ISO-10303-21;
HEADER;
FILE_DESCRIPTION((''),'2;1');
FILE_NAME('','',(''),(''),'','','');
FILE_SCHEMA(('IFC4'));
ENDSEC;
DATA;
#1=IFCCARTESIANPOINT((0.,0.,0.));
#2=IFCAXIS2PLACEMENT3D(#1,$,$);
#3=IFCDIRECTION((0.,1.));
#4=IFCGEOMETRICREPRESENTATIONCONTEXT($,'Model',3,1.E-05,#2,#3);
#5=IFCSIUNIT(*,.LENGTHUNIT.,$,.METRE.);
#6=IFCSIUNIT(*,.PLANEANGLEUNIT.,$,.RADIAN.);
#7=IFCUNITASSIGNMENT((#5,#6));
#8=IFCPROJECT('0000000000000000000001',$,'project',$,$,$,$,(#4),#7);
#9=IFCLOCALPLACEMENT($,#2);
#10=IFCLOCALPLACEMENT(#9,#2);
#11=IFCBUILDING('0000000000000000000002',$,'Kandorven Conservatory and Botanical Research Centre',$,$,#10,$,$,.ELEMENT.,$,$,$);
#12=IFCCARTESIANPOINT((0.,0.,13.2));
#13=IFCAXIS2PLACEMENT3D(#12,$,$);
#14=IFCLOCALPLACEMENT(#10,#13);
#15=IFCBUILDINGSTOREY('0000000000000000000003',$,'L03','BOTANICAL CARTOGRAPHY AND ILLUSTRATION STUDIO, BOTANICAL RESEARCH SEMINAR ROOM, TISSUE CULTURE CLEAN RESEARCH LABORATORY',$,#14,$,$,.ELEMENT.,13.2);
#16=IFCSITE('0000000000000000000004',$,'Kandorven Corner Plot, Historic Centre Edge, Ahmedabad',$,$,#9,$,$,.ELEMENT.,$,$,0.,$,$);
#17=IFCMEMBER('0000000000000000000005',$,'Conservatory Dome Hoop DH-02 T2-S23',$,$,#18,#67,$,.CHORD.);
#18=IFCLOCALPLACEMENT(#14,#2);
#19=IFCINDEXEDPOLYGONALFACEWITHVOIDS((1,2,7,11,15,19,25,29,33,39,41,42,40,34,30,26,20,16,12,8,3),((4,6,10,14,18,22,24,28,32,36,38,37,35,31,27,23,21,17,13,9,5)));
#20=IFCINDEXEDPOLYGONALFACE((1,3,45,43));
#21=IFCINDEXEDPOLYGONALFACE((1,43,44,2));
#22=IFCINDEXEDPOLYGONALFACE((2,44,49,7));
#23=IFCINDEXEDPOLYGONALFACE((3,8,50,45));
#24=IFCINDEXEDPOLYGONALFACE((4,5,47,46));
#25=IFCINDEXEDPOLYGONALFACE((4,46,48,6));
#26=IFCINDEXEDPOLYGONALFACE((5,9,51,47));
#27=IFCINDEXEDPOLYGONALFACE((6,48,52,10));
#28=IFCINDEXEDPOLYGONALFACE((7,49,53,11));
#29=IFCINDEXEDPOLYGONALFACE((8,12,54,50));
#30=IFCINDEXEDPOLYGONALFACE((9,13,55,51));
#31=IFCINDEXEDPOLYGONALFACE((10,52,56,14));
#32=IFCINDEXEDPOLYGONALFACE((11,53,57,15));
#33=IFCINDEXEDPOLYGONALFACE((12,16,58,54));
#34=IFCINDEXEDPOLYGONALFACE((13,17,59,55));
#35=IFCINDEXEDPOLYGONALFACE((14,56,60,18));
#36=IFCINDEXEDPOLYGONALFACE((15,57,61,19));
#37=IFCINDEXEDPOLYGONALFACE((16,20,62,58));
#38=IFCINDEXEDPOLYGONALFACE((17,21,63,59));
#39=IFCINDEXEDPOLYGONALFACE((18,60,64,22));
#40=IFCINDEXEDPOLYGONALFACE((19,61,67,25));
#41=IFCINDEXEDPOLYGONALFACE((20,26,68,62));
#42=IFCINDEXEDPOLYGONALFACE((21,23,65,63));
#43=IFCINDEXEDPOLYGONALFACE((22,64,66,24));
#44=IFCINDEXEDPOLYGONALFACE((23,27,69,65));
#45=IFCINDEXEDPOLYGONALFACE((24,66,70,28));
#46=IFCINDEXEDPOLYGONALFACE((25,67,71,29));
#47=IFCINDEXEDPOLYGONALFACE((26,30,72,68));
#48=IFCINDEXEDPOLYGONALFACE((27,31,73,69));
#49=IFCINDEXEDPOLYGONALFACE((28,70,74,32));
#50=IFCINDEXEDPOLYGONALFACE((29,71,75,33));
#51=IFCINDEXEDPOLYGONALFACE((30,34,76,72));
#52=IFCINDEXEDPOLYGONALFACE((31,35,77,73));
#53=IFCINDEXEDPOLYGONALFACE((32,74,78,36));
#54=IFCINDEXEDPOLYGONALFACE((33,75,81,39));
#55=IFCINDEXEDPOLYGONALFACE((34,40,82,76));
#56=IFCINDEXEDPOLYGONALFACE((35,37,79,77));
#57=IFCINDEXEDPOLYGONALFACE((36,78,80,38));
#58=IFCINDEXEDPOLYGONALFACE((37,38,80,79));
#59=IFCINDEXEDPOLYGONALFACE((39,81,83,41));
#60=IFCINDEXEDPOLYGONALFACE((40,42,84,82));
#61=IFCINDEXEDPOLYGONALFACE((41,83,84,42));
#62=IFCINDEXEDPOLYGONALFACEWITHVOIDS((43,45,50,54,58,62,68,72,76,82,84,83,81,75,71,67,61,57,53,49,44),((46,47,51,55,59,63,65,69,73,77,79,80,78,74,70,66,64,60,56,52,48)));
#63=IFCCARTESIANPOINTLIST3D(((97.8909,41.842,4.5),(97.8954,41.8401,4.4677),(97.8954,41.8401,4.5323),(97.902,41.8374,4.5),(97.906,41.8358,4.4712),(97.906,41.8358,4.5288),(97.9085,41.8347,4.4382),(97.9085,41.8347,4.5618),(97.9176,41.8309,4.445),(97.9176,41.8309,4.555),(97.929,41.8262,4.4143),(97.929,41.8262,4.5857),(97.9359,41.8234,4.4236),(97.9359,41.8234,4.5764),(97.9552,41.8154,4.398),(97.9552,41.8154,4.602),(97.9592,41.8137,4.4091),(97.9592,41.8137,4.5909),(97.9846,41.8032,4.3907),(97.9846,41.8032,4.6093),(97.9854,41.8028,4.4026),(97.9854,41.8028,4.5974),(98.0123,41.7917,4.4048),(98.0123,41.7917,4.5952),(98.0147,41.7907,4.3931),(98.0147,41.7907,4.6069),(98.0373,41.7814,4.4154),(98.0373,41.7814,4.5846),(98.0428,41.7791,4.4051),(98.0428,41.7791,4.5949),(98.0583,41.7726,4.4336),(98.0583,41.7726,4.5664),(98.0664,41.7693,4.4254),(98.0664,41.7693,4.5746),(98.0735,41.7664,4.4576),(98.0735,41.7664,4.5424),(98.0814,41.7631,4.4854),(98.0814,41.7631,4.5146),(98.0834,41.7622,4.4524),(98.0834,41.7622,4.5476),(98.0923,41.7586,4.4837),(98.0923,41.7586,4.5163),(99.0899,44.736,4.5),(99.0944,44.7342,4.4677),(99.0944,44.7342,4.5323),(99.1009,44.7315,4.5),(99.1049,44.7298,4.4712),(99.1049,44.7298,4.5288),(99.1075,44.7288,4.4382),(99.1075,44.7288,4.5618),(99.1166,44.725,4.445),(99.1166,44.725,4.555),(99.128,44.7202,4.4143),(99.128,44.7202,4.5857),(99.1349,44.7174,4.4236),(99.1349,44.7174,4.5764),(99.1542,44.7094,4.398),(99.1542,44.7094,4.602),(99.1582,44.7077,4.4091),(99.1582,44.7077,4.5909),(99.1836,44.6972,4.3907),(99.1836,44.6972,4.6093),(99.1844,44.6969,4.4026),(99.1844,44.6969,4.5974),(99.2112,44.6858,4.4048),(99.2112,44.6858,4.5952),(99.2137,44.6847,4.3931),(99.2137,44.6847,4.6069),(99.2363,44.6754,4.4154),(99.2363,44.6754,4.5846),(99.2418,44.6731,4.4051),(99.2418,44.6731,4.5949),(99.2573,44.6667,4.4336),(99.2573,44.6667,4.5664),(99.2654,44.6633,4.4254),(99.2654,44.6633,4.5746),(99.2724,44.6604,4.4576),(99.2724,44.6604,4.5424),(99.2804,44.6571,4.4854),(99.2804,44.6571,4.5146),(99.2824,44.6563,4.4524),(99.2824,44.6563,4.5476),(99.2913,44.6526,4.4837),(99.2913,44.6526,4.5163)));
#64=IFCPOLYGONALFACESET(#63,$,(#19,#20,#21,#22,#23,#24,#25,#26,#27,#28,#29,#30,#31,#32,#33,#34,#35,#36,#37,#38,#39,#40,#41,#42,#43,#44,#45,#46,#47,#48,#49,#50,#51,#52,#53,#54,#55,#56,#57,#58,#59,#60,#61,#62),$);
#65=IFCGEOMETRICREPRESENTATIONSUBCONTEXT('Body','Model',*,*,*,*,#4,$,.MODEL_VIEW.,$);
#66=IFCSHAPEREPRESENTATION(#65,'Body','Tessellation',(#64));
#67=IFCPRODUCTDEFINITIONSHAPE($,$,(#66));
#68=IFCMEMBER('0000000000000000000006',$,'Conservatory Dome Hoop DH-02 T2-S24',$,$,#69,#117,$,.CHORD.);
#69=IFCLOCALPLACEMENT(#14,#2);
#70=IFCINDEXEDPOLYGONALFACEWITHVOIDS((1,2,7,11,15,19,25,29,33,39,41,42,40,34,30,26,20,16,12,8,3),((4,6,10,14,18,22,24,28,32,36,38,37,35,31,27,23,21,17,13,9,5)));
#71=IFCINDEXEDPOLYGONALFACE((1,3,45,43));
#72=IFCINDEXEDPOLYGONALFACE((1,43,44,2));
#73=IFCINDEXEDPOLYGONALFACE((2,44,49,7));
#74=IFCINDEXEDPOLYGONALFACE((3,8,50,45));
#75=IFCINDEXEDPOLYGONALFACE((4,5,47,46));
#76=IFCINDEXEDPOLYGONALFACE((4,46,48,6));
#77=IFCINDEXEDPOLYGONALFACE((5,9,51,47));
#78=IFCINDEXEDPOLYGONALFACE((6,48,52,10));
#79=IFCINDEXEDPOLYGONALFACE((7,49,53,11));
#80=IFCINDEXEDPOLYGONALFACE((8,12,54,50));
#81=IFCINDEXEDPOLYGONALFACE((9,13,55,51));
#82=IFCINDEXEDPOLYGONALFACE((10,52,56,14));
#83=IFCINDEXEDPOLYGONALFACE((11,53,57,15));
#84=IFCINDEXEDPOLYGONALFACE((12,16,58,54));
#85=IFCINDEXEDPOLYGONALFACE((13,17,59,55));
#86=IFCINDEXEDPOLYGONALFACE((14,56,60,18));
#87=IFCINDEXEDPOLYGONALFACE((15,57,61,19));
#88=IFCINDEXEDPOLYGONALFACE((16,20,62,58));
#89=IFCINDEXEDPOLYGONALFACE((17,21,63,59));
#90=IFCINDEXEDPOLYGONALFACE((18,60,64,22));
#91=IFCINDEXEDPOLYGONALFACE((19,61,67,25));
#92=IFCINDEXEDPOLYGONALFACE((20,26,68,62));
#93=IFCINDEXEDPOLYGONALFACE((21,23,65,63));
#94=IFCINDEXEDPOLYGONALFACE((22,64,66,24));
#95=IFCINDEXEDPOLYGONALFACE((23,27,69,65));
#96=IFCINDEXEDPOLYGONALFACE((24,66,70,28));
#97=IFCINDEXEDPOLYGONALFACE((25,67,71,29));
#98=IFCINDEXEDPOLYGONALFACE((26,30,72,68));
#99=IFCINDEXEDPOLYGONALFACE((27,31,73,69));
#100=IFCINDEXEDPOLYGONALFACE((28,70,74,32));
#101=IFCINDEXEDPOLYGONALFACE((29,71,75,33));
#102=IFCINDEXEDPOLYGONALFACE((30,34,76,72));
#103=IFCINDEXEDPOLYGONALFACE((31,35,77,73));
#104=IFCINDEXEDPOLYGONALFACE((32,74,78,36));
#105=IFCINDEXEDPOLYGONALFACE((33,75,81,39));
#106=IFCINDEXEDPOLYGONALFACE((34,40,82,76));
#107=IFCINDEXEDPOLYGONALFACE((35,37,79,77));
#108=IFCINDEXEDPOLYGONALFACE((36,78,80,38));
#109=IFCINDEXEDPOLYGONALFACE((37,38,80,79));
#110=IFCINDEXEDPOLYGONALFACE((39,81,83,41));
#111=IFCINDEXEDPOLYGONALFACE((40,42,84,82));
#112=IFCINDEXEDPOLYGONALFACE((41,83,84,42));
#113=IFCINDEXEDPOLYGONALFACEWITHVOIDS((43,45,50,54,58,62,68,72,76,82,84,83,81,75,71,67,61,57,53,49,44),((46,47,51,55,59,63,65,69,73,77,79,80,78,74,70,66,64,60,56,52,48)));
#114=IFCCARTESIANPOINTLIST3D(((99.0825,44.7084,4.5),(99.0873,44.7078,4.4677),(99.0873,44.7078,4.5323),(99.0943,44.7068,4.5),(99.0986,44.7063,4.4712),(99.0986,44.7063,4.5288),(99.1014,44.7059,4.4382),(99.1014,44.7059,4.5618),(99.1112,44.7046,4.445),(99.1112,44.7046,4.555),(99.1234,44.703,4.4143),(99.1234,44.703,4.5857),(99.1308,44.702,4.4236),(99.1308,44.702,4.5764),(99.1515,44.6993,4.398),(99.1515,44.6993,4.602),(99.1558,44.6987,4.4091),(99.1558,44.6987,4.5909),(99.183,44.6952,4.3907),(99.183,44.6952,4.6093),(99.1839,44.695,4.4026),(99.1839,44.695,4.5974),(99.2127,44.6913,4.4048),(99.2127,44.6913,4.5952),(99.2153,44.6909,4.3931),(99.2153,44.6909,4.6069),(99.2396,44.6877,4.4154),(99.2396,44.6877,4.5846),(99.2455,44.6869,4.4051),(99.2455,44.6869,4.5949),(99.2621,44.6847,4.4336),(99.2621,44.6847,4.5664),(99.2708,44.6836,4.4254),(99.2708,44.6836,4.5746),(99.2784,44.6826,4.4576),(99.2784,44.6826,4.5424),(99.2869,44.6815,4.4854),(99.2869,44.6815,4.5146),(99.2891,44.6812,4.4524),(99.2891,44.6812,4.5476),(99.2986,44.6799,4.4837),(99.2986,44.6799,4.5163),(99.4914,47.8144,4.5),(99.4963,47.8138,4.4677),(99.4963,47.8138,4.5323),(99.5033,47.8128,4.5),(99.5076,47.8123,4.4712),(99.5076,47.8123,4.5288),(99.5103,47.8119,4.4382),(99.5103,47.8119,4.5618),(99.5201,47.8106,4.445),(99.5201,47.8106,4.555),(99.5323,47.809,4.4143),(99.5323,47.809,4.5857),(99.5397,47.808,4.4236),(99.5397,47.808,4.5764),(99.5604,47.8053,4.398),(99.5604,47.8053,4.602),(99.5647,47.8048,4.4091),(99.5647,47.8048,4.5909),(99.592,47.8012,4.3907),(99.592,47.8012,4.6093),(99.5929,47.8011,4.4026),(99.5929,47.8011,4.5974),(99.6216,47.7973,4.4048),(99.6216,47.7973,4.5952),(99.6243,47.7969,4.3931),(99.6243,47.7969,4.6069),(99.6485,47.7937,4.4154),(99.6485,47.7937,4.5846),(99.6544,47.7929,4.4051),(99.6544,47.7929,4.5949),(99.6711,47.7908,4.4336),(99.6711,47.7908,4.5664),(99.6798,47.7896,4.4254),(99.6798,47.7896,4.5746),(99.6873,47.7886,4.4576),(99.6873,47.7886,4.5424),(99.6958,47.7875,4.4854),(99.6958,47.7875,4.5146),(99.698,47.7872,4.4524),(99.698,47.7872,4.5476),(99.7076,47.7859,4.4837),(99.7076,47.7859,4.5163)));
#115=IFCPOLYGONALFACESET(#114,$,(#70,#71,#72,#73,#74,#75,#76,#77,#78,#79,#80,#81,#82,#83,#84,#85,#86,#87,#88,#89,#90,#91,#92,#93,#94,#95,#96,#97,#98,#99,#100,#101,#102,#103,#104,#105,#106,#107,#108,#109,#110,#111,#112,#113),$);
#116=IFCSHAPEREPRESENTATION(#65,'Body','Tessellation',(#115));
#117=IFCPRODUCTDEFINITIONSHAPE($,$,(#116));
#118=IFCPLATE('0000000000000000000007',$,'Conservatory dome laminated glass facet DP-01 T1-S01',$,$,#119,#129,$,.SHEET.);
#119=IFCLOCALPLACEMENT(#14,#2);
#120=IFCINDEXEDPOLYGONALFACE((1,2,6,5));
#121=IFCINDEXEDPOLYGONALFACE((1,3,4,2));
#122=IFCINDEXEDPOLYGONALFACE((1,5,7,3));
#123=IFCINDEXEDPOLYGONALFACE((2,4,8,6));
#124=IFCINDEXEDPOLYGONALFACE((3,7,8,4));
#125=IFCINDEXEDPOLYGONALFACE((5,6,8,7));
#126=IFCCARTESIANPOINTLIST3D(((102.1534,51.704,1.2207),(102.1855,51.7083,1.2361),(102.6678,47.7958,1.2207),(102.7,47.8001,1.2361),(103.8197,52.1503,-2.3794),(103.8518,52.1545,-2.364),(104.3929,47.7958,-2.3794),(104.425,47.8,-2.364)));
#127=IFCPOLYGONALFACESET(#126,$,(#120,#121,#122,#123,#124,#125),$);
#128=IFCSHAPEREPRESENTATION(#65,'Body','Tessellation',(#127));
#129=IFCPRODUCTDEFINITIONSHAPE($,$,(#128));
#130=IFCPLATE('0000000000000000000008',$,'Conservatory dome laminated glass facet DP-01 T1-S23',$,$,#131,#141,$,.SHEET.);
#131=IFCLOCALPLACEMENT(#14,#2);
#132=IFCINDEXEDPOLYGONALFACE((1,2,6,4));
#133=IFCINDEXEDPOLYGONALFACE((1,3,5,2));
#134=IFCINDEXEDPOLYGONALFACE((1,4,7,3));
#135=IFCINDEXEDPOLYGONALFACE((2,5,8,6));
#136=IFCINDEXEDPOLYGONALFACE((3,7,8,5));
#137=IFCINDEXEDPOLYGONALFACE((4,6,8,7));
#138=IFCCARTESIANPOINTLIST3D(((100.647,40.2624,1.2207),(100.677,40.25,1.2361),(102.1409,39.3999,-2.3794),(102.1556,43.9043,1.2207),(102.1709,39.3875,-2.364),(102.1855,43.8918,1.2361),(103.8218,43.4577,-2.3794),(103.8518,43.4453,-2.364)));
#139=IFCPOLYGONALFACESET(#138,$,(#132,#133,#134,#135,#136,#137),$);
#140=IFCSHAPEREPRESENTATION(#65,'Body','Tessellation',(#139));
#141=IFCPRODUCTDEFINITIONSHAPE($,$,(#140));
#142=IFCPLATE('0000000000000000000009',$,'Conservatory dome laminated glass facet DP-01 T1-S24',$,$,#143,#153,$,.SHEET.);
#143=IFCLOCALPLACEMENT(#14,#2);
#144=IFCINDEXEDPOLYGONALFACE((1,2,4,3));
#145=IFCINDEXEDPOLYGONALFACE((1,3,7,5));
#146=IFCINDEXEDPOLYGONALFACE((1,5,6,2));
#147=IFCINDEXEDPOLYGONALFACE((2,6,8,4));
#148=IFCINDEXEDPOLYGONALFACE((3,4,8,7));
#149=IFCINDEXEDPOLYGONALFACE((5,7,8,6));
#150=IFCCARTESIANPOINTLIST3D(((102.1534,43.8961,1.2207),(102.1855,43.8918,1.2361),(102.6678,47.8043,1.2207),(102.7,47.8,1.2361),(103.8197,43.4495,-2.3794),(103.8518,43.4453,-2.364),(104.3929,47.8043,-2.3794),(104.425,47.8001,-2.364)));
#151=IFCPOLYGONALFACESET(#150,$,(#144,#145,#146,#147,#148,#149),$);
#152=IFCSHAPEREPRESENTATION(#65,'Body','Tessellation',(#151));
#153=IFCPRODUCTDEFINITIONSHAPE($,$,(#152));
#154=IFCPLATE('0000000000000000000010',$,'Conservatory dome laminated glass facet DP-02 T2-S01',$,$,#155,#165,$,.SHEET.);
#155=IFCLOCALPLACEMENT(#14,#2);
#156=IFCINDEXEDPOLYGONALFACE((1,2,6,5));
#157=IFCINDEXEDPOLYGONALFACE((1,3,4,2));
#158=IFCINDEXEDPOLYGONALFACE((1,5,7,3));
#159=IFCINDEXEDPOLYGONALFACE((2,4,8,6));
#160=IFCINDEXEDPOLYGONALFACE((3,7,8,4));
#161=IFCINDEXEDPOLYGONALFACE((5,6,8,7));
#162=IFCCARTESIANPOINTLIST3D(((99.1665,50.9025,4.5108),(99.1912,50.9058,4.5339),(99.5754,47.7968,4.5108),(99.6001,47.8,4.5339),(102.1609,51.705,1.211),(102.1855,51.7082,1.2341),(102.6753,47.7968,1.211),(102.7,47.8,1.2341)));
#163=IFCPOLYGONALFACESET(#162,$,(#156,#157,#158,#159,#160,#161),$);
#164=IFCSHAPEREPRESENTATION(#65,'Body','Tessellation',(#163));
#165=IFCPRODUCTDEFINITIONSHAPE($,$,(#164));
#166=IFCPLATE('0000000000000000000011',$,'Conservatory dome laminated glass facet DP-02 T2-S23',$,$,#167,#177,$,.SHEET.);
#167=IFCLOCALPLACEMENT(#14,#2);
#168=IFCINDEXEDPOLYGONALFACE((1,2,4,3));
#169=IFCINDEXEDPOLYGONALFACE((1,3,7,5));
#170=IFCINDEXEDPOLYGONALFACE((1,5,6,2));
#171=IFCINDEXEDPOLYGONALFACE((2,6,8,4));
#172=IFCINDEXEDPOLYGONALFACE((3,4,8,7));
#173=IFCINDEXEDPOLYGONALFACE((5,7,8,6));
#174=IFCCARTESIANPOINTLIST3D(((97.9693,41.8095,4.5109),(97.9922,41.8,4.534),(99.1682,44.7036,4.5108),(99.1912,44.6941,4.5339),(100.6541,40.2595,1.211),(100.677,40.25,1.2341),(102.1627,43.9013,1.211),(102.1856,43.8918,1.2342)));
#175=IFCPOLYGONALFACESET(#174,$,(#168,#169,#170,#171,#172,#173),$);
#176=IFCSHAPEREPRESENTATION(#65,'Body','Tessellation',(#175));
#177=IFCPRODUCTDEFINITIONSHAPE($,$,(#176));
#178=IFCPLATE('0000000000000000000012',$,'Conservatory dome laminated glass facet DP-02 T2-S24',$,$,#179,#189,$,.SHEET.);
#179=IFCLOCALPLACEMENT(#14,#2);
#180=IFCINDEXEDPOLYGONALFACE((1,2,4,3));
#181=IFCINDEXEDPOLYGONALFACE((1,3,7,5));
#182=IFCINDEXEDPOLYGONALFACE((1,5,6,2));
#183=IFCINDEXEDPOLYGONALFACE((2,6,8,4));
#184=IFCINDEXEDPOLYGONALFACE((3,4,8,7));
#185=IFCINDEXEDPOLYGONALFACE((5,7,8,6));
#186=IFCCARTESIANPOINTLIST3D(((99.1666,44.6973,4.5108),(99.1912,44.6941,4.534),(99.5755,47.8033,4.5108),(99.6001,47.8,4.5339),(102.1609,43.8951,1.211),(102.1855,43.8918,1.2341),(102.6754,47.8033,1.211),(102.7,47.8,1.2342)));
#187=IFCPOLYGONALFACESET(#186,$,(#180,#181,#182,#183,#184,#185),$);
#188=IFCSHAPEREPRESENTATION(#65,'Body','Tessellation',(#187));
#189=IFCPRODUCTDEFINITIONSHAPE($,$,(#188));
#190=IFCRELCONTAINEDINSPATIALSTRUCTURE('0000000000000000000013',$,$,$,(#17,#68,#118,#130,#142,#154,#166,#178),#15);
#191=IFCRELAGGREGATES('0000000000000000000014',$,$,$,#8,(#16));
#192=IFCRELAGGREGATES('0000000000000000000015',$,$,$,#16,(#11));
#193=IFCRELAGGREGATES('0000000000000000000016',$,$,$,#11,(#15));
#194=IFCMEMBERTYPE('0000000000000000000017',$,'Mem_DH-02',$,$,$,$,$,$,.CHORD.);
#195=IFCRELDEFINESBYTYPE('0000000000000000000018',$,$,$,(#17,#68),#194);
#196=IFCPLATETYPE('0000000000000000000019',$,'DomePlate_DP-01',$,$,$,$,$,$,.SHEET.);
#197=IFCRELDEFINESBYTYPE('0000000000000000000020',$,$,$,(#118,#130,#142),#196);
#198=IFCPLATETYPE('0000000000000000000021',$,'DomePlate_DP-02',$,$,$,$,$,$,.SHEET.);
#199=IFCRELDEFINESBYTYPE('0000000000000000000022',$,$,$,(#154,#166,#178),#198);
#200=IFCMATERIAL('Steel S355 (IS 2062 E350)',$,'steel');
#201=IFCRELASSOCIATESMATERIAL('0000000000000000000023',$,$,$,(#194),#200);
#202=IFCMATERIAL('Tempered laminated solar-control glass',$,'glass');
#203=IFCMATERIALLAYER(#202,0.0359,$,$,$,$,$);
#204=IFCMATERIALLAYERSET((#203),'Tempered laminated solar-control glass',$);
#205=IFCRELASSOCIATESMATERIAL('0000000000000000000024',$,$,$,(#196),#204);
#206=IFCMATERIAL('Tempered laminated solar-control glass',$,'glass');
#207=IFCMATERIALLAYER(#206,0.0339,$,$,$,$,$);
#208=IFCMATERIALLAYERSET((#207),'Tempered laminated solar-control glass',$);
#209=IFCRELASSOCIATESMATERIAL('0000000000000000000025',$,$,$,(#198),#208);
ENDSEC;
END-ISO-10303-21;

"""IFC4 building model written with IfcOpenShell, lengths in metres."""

from ifc_helpers import new_model, si_unit, direction, frame, origin, origin_2d, place, context, subcontext, project, spatial, polyline, hollow_circle, outline, extrude, material, layer, layer_set, material_profile, profile_set, type_object, element, save


model = new_model("IFC4")

# Units and contexts
model_context = context("Model", 3, precision=1e-05, world=origin(), true_north=direction((0.0, 1.0)))
body_context = subcontext(model_context, "Body", "Model", "MODEL_VIEW")
ifc_project = project(units=[si_unit("LENGTHUNIT", "METRE"), si_unit("PLANEANGLEUNIT", "RADIAN")], contexts=[model_context])

# Site, building, storey
site_placement = place(None, origin())
site = spatial("IfcSite", under=ifc_project, at=site_placement, Name="Kandorven Corner Plot, Historic Centre Edge, Ahmedabad", CompositionType="ELEMENT", RefElevation=0.0)
building_placement = place(site_placement, origin())
building = spatial("IfcBuilding", under=site, at=building_placement, Name="Kandorven Conservatory and Botanical Research Centre", CompositionType="ELEMENT")
storey_placement = place(building_placement, frame((0.0, 0.0, 13.2)))
storey = spatial("IfcBuildingStorey", under=building, at=storey_placement, Name="L03", Description="BOTANICAL CARTOGRAPHY AND ILLUSTRATION STUDIO, BOTANICAL RESEARCH SEMINAR ROOM, TISSUE CULTURE CLEAN RESEARCH LABORATORY", CompositionType="ELEMENT", Elevation=13.2)

# Members
ifc_material_1 = material(Name="Steel S355 (IS 2062 E350)", Category="steel")
ifc_material_profile_1 = material_profile(ifc_material_1, hollow_circle(Radius=0.1096, WallThickness=0.012, at=origin_2d()))
ifc_profile_set_1 = profile_set([ifc_material_profile_1], Name="Steel S355 (IS 2062 E350)")
member_type_1 = type_object("IfcMemberType", Name="Mem_DH-02", PredefinedType="CHORD", material=ifc_profile_set_1)
member_1_placement = place(storey_placement, frame((97.9922, 41.8, 4.5), z_axis=(0.382744, 0.923854, 0.0), x_axis=(-0.923854, 0.382744, 0.0)))
element("IfcMember", 1, at=member_1_placement, inside=storey, type_object=member_type_1, Name="Conservatory Dome Hoop DH-02 T2-S23", PredefinedType="CHORD", context=body_context, shape_type="SweptSolid", body=[
    extrude(hollow_circle(Radius=0.1096, WallThickness=0.012, at=origin_2d()), origin(), (0.0, 0.0, 1.0), 3.1326),
])
member_2_placement = place(storey_placement, frame((99.1912, 44.6941, 4.5), z_axis=(0.130535, 0.991444, 0.0), x_axis=(-0.991444, 0.130535, 0.0)))
element("IfcMember", 2, at=member_2_placement, inside=storey, type_object=member_type_1, Name="Conservatory Dome Hoop DH-02 T2-S24", PredefinedType="CHORD", context=body_context, shape_type="SweptSolid", body=[
    extrude(hollow_circle(Radius=0.1096, WallThickness=0.012, at=origin_2d()), origin(), (0.0, 0.0, 1.0), 3.1328),
])

# Plates
ifc_material_2 = material(Name="Tempered laminated solar-control glass", Category="glass")
ifc_layer_1 = layer(ifc_material_2, 0.0359)
ifc_layer_set_1 = layer_set([ifc_layer_1], Name="Tempered laminated solar-control glass")
plate_type_1 = type_object("IfcPlateType", Name="DomePlate_DP-01", PredefinedType="SHEET", material=ifc_layer_set_1)
plate_1_placement = place(storey_placement, frame((104.425, 47.8, -2.364), z_axis=(0.895528, 0.117881, 0.429108), x_axis=(-0.130509, 0.991447, 0.000004)))
element("IfcPlate", 3, at=plate_1_placement, inside=storey, type_object=plate_type_1, Name="Conservatory dome laminated glass facet DP-01 T1-S01", PredefinedType="SHEET", context=body_context, shape_type="SweptSolid", body=[
    extrude(outline(polyline([(0.0, 0.0), (4.3921, 0.0), (4.1671, 3.9857), (0.2252, 3.9857), (0.0, 0.0)])), origin(), (0.0, 0.0, -1.0), 0.0359),
])
plate_2_placement = place(storey_placement, frame((102.1709, 39.3875, -2.364), z_axis=(0.834493, -0.345673, 0.429105), x_axis=(0.382697, 0.923874, -0.000002)))
element("IfcPlate", 4, at=plate_2_placement, inside=storey, type_object=plate_type_1, Name="Conservatory dome laminated glass facet DP-01 T1-S23", PredefinedType="SHEET", context=body_context, shape_type="SweptSolid", body=[
    extrude(outline(polyline([(0.0, 0.0), (4.3922, 0.0), (4.1671, 3.9857), (0.2252, 3.9857), (0.0, 0.0)])), origin(), (0.0, 0.0, -1.0), 0.0359),
])
plate_3_placement = place(storey_placement, frame((103.8518, 43.4453, -2.364), z_axis=(0.895527, -0.117878, 0.429112), x_axis=(0.130505, 0.991448, -0.000003)))
element("IfcPlate", 5, at=plate_3_placement, inside=storey, type_object=plate_type_1, Name="Conservatory dome laminated glass facet DP-01 T1-S24", PredefinedType="SHEET", context=body_context, shape_type="SweptSolid", body=[
    extrude(outline(polyline([(0.0, 0.0), (4.3923, 0.0), (4.1672, 3.9857), (0.2252, 3.9857), (0.0, 0.0)])), origin(), (0.0, 0.0, -1.0), 0.0359),
])
ifc_material_3 = material(Name="Tempered laminated solar-control glass", Category="glass")
ifc_layer_2 = layer(ifc_material_3, 0.0339)
ifc_layer_set_2 = layer_set([ifc_layer_2], Name="Tempered laminated solar-control glass")
plate_type_2 = type_object("IfcPlateType", Name="DomePlate_DP-02", PredefinedType="SHEET", material=ifc_layer_set_2)
plate_4_placement = place(storey_placement, frame((102.7, 47.8, 1.2341), z_axis=(0.725503, 0.095508, 0.68156), x_axis=(-0.130508, 0.991447, -0.000011)))
element("IfcPlate", 6, at=plate_4_placement, inside=storey, type_object=plate_type_2, Name="Conservatory dome laminated glass facet DP-02 T2-S01", PredefinedType="SHEET", context=body_context, shape_type="SweptSolid", body=[
    extrude(outline(polyline([(0.0, 0.0), (3.9419, 0.0), (3.537, 4.5094), (0.4045, 4.5093), (0.0, 0.0)])), origin(), (0.0, 0.0, -1.0), 0.0339),
])
plate_5_placement = place(storey_placement, frame((100.677, 40.25, 1.2341), z_axis=(0.676038, -0.280052, 0.681574), x_axis=(0.382705, 0.923871, 0.000012)))
element("IfcPlate", 7, at=plate_5_placement, inside=storey, type_object=plate_type_2, Name="Conservatory dome laminated glass facet DP-02 T2-S23", PredefinedType="SHEET", context=body_context, shape_type="SweptSolid", body=[
    extrude(outline(polyline([(0.0, 0.0), (3.9419, 0.0), (3.5372, 4.5094), (0.4046, 4.5095), (0.0, 0.0)])), origin(), (0.0, 0.0, -1.0), 0.0339),
])
plate_6_placement = place(storey_placement, frame((102.1855, 43.8918, 1.2341), z_axis=(0.725505, -0.095505, 0.681558), x_axis=(0.130505, 0.991448, 0.000009)))
element("IfcPlate", 8, at=plate_6_placement, inside=storey, type_object=plate_type_2, Name="Conservatory dome laminated glass facet DP-02 T2-S24", PredefinedType="SHEET", context=body_context, shape_type="SweptSolid", body=[
    extrude(outline(polyline([(0.0, 0.0), (3.9419, 0.0), (3.5374, 4.5093), (0.4046, 4.5094), (0.0, 0.0)])), origin(), (0.0, 0.0, -1.0), 0.0339),
])

save(model, "model.ifc")
